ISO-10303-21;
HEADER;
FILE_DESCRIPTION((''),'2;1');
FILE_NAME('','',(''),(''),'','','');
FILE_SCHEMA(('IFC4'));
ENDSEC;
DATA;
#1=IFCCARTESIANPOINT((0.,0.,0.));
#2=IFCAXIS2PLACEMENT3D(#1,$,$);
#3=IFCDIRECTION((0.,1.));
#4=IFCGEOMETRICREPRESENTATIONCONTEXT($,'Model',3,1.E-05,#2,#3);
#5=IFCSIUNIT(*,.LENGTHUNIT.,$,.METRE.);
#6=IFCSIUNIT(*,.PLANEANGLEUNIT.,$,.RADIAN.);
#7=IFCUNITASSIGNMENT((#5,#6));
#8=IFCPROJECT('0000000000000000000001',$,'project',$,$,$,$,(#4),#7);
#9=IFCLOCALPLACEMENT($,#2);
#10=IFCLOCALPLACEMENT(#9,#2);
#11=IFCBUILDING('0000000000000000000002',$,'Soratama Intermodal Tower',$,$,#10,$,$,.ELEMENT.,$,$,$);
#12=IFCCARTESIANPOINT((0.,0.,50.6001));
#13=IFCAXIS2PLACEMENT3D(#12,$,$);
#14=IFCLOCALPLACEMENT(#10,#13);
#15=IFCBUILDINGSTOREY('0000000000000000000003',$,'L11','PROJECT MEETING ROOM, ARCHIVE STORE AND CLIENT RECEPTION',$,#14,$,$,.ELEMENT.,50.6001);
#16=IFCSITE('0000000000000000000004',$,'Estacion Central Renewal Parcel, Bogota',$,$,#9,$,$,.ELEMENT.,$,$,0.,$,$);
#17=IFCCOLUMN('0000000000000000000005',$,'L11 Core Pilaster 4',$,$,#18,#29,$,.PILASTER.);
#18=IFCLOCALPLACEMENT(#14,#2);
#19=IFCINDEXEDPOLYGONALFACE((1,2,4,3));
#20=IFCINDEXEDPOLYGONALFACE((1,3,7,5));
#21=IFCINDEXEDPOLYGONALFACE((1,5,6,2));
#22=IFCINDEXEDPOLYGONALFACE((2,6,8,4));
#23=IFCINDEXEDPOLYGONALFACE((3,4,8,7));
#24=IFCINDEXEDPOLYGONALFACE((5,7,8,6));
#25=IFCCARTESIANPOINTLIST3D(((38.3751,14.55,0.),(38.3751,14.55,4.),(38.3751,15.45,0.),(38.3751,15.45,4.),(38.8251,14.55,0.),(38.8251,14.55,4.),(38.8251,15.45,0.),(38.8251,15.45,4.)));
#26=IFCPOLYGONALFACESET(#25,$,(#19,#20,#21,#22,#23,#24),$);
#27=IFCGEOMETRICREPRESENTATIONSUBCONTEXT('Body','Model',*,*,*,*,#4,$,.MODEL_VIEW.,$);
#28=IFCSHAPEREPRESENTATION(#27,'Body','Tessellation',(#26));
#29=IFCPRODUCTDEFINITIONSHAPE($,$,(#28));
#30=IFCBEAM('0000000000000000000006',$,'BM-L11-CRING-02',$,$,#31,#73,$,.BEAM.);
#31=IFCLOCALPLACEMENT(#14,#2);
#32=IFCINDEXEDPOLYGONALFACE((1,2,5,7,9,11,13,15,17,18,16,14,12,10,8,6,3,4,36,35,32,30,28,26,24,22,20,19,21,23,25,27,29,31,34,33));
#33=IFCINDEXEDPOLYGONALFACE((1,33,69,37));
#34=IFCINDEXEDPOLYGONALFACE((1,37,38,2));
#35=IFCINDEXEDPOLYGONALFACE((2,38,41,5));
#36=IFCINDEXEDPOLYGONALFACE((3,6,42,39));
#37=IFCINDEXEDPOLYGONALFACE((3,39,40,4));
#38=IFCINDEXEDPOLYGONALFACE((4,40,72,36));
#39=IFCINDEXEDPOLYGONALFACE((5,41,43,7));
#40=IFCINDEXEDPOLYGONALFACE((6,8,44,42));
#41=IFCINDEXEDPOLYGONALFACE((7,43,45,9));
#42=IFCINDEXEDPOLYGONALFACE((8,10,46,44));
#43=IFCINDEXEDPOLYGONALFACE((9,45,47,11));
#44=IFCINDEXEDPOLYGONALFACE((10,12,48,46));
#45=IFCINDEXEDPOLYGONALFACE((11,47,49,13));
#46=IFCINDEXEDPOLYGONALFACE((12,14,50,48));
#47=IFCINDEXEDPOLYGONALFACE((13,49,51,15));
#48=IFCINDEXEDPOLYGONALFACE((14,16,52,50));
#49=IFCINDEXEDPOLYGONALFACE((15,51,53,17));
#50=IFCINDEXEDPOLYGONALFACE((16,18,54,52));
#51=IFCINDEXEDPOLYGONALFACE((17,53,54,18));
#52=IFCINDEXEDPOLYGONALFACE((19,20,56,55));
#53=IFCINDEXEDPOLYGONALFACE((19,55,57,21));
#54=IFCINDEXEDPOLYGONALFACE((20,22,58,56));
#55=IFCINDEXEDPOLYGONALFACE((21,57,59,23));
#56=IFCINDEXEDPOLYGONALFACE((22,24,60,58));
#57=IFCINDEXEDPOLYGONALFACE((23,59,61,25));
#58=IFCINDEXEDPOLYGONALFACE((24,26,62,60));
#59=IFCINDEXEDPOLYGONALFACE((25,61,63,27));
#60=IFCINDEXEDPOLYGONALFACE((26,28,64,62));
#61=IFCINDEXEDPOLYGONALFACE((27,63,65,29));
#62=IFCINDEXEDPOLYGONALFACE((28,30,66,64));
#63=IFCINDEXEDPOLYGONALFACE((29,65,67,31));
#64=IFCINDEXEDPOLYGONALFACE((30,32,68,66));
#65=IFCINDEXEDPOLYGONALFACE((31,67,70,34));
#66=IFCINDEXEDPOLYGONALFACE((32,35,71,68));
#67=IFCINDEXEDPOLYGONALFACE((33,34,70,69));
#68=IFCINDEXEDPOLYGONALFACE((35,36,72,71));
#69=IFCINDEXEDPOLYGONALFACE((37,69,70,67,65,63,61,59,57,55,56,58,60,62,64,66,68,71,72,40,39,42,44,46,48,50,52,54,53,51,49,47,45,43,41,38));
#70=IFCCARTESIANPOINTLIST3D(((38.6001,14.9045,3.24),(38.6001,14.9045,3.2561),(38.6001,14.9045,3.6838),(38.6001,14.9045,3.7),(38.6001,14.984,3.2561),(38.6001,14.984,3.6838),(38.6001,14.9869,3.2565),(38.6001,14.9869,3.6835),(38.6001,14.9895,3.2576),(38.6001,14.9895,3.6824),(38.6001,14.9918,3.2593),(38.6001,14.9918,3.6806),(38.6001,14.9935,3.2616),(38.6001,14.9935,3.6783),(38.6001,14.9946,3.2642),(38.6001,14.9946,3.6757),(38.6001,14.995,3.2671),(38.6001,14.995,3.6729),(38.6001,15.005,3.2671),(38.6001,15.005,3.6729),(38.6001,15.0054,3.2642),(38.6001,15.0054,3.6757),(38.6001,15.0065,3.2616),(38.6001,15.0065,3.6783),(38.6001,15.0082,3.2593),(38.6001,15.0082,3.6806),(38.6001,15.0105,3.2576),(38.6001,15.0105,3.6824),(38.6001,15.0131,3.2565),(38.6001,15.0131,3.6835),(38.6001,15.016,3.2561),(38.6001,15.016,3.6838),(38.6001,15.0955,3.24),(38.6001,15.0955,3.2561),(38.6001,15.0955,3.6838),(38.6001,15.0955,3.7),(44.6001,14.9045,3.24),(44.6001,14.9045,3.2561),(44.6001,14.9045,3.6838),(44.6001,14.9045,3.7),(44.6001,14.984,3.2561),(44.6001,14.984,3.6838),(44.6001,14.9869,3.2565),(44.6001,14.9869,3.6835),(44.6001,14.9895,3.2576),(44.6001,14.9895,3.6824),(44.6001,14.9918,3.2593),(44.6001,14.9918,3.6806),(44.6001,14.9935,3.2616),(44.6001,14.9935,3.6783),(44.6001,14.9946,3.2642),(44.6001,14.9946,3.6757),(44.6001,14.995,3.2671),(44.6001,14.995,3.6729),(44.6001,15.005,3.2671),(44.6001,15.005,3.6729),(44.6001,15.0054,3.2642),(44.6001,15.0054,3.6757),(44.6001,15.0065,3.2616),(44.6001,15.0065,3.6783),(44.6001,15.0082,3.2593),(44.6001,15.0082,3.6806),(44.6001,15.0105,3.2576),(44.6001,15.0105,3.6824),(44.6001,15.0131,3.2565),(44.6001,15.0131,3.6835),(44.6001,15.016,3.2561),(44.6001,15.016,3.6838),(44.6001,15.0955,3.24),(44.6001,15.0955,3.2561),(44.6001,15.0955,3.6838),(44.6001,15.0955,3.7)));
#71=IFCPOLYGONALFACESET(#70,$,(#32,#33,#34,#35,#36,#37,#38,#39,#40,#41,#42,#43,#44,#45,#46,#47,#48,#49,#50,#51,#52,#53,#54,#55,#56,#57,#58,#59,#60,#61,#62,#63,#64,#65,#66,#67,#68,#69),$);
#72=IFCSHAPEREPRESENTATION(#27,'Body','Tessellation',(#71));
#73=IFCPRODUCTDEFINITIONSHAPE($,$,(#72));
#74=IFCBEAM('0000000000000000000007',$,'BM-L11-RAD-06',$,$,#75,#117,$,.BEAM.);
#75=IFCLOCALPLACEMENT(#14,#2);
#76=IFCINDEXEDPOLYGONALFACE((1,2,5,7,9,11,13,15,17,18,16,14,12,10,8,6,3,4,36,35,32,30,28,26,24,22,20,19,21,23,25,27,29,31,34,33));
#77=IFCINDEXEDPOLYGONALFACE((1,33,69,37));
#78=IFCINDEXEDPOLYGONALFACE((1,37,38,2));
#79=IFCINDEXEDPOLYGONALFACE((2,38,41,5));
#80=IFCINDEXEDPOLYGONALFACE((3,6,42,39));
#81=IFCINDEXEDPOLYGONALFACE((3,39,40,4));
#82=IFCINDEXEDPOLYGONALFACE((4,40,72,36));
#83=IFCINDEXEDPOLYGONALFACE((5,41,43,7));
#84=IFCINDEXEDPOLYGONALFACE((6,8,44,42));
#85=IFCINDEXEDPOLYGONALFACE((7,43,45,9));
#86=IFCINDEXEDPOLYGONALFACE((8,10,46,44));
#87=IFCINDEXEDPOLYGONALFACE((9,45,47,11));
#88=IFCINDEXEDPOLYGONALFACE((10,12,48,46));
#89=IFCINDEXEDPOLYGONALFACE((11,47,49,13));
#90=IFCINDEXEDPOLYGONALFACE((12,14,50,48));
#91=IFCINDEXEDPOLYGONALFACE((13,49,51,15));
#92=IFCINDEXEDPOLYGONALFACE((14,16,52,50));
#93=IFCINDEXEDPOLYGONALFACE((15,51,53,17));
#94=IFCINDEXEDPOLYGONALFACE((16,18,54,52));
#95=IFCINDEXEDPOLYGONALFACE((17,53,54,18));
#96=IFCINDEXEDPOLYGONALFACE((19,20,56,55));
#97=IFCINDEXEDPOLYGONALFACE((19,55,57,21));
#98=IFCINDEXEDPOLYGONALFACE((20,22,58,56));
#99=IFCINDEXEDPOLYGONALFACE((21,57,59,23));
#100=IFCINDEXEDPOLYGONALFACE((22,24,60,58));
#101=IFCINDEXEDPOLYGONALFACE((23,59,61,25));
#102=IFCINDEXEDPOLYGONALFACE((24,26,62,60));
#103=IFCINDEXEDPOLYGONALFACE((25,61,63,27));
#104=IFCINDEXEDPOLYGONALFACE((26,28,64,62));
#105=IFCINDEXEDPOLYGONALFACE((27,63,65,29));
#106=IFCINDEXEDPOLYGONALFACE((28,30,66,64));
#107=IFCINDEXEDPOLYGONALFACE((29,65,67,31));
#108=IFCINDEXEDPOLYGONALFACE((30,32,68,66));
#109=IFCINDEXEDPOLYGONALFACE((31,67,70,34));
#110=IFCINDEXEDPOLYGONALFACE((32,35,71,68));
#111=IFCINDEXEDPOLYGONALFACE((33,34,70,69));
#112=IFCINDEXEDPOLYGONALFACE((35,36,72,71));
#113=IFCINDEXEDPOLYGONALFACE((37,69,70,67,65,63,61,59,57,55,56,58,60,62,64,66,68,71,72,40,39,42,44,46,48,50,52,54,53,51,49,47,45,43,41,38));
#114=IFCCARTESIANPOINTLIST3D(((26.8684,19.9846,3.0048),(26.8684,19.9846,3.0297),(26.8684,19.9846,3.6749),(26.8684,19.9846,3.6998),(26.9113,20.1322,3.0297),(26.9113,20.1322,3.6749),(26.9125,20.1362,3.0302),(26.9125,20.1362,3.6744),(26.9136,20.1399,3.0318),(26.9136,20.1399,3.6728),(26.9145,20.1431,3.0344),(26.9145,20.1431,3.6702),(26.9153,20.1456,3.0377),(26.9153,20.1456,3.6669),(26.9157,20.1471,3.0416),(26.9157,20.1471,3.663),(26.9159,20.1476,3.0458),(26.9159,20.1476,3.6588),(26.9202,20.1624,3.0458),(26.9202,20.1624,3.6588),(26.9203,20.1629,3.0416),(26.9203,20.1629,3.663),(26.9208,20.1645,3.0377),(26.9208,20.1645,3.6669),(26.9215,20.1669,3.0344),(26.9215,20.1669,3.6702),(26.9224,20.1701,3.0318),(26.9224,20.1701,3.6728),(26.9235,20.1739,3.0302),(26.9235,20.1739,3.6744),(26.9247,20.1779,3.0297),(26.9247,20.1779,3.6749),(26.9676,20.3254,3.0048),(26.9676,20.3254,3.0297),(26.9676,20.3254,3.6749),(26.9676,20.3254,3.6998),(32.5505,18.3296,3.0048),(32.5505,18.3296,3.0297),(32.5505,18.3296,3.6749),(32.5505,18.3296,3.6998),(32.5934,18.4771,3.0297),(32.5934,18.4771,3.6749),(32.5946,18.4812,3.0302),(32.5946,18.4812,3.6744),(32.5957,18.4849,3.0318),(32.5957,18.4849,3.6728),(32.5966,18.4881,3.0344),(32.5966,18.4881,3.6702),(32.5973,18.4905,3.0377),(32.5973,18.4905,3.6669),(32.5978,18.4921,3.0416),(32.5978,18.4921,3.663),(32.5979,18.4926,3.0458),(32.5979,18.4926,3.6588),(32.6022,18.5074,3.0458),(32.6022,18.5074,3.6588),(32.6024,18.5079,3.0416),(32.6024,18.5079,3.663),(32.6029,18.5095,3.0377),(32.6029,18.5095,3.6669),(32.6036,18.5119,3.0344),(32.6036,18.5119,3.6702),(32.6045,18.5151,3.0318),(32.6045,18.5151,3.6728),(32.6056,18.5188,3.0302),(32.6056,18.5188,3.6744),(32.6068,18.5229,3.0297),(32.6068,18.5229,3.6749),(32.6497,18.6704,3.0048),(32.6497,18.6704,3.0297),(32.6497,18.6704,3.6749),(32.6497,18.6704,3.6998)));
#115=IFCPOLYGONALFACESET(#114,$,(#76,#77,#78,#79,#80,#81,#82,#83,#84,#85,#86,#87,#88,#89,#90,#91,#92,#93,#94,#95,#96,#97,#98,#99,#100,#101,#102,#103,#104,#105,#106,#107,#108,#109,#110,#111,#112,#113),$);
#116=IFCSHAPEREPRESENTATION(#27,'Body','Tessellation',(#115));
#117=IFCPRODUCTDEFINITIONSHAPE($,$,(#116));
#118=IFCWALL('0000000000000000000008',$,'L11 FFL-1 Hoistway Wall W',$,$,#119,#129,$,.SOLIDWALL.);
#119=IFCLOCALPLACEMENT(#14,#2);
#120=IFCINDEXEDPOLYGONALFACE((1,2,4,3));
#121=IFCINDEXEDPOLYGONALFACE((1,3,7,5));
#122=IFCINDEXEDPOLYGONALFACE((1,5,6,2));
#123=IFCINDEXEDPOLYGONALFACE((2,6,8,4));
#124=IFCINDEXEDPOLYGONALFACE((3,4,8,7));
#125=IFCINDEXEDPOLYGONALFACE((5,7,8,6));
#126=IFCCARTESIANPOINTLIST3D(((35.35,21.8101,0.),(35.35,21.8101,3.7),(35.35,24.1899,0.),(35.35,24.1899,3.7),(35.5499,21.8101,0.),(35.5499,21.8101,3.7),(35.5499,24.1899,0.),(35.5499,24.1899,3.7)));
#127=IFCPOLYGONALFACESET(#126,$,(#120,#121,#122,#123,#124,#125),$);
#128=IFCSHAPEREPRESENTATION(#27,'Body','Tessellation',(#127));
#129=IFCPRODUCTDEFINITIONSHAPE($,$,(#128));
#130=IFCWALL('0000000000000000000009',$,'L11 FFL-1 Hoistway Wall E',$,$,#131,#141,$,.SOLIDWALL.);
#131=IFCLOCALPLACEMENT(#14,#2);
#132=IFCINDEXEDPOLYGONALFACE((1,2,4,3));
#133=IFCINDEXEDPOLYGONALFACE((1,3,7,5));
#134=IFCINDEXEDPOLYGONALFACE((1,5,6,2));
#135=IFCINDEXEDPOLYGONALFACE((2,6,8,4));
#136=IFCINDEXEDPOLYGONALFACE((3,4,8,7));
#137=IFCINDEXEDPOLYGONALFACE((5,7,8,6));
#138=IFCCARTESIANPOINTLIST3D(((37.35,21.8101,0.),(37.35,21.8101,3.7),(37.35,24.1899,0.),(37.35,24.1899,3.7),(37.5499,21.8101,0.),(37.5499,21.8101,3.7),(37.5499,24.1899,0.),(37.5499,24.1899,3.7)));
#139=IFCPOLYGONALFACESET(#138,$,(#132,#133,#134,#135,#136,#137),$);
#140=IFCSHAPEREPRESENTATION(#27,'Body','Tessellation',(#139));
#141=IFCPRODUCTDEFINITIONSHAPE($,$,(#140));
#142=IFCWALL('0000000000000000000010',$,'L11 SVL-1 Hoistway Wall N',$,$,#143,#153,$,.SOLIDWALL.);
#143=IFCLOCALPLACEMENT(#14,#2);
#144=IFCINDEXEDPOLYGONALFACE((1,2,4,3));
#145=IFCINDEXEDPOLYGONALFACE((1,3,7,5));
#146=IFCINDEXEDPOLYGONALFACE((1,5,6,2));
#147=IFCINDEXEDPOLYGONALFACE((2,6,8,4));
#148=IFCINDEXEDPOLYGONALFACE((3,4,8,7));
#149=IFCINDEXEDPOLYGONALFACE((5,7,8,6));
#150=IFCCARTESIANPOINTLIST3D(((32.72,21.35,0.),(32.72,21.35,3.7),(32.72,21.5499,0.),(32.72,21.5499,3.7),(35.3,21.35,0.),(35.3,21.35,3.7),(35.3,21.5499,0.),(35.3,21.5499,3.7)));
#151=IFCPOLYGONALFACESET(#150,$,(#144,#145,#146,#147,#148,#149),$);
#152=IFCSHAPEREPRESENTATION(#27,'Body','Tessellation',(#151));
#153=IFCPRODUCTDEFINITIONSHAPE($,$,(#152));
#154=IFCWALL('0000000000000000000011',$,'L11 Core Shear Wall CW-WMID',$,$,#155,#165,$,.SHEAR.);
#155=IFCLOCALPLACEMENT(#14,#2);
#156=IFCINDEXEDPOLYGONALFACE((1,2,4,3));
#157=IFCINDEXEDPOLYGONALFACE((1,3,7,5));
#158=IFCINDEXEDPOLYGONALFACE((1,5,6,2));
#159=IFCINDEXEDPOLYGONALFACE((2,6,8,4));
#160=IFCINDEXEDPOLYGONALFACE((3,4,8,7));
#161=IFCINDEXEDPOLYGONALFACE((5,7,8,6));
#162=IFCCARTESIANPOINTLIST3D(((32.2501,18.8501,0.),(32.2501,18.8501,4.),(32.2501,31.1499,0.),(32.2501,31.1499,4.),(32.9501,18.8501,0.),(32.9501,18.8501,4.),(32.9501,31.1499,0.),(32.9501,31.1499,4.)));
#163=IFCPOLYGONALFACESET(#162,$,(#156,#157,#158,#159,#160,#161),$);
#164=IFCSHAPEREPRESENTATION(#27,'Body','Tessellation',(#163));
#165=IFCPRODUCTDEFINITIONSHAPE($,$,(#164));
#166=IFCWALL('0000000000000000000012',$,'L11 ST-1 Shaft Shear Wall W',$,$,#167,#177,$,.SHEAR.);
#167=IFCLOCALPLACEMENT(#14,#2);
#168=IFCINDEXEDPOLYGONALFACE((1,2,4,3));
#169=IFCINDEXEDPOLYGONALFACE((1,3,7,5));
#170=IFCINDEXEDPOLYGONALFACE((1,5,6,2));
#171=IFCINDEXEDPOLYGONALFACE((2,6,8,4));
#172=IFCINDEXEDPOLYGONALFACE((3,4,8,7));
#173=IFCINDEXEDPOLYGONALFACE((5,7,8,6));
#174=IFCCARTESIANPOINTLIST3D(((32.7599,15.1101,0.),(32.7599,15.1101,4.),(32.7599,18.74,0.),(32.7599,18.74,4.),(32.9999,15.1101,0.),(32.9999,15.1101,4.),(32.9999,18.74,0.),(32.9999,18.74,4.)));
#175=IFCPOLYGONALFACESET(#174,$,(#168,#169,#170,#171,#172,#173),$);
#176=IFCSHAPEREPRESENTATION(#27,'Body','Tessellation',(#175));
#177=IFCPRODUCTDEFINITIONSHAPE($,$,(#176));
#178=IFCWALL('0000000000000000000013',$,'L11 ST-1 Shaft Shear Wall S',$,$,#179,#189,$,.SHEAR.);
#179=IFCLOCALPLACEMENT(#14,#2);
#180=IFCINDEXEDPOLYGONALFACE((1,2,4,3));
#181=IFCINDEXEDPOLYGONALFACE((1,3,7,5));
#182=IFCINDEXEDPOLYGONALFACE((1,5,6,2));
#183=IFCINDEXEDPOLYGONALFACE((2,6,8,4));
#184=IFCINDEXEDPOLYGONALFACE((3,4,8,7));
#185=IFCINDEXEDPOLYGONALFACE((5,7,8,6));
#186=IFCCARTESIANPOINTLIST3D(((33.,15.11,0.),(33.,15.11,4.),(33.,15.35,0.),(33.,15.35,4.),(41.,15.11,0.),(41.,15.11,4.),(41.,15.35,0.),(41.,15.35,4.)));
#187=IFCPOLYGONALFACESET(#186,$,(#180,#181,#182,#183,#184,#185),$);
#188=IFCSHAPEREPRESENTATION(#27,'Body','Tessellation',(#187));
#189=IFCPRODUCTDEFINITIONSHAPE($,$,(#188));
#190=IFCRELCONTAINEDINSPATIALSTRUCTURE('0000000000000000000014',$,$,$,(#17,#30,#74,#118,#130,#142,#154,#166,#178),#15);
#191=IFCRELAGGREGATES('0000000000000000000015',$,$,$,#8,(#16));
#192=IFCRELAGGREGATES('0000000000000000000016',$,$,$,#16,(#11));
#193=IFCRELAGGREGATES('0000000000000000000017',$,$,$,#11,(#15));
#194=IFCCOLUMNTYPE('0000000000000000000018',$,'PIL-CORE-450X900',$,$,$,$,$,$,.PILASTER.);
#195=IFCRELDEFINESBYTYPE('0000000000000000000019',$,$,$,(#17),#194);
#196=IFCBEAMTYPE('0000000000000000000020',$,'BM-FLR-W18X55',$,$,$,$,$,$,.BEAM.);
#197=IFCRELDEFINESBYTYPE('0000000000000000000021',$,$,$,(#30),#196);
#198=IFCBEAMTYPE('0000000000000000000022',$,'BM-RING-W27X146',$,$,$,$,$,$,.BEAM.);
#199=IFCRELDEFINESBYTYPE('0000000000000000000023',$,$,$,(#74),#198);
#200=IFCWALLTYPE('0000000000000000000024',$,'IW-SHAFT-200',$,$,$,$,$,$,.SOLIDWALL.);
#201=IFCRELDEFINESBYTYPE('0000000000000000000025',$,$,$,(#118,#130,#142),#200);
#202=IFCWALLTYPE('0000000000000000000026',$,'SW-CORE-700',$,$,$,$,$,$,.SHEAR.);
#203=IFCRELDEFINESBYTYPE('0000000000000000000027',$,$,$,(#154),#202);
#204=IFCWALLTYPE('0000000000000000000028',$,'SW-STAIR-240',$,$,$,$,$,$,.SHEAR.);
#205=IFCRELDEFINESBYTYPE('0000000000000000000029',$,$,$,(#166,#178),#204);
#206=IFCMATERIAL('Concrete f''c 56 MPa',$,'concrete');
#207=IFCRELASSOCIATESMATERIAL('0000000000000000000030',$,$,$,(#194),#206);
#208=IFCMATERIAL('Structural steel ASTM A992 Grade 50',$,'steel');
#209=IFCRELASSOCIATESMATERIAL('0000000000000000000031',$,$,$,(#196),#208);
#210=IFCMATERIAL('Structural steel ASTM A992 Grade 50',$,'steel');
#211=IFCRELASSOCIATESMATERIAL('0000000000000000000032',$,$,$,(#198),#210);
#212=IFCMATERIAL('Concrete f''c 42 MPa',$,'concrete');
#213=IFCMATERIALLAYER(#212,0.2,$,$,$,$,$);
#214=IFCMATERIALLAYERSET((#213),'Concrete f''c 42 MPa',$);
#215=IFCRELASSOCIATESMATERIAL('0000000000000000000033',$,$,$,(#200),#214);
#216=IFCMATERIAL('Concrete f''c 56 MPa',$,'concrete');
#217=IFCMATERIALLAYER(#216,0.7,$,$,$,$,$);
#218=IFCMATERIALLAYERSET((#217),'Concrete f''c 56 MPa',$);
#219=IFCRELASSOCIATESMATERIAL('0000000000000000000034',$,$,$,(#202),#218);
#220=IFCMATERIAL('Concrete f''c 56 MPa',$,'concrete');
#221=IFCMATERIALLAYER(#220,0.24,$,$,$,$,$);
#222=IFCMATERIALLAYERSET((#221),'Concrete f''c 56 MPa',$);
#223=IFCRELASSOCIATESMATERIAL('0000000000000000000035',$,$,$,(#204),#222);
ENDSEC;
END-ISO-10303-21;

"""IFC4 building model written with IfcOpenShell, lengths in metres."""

from ifc_helpers import new_model, si_unit, direction, frame, frame_2d, origin, origin_2d, place, context, subcontext, project, spatial, rectangle, i_section, extrude, material, layer, layer_set, material_profile, profile_set, type_object, element, save


model = new_model("IFC4")

# Units and contexts
model_context = context("Model", 3, precision=1e-05, world=origin(), true_north=direction((0.0, 1.0)))
body_context = subcontext(model_context, "Body", "Model", "MODEL_VIEW")
ifc_project = project(units=[si_unit("LENGTHUNIT", "METRE"), si_unit("PLANEANGLEUNIT", "RADIAN")], contexts=[model_context])

# Site, building, storey
site_placement = place(None, origin())
site = spatial("IfcSite", under=ifc_project, at=site_placement, Name="Estacion Central Renewal Parcel, Bogota", CompositionType="ELEMENT", RefElevation=0.0)
building_placement = place(site_placement, origin())
building = spatial("IfcBuilding", under=site, at=building_placement, Name="Soratama Intermodal Tower", CompositionType="ELEMENT")
storey_placement = place(building_placement, frame((0.0, 0.0, 50.6001)))
storey = spatial("IfcBuildingStorey", under=building, at=storey_placement, Name="L11", Description="PROJECT MEETING ROOM, ARCHIVE STORE AND CLIENT RECEPTION", CompositionType="ELEMENT", Elevation=50.6001)

# Column
ifc_material_1 = material(Name="Concrete f'c 56 MPa", Category="concrete")
ifc_material_profile_1 = material_profile(ifc_material_1, rectangle(XDim=0.45, YDim=0.8999, at=origin_2d()), Name="RC450X900")
ifc_profile_set_1 = profile_set([ifc_material_profile_1], Name="Concrete f'c 56 MPa")
column_type = type_object("IfcColumnType", Name="PIL-CORE-450X900", PredefinedType="PILASTER", material=ifc_profile_set_1)
column_placement = place(storey_placement, frame((38.6001, 15.0, 0.0), z_axis=(0.0, 0.0, 1.0), x_axis=(1.0, 0.0, 0.0)))
element("IfcColumn", 1, at=column_placement, inside=storey, type_object=column_type, Name="L11 Core Pilaster 4", PredefinedType="PILASTER", context=body_context, shape_type="SweptSolid", body=[
    extrude(rectangle(XDim=0.45, YDim=0.8999, at=origin_2d()), origin(), (0.0, 0.0, 1.0), 4.0),
])

# Beams
ifc_material_2 = material(Name="Structural steel ASTM A992 Grade 50", Category="steel")
ifc_material_profile_2 = material_profile(ifc_material_2, i_section(OverallWidth=0.1909, OverallDepth=0.46, WebThickness=0.01, FlangeThickness=0.0161, FilletRadius=0.011, at=origin_2d()), Name="W18X55")
ifc_profile_set_2 = profile_set([ifc_material_profile_2], Name="Structural steel ASTM A992 Grade 50")
beam_type_1 = type_object("IfcBeamType", Name="BM-FLR-W18X55", PredefinedType="BEAM", material=ifc_profile_set_2)
beam_1_placement = place(storey_placement, frame((38.6001, 15.0, 3.47), z_axis=(1.0, 0.0, 0.0), x_axis=(0.0, 1.0, 0.0)))
element("IfcBeam", 2, at=beam_1_placement, inside=storey, type_object=beam_type_1, Name="BM-L11-CRING-02", PredefinedType="BEAM", context=body_context, shape_type="SweptSolid", body=[
    extrude(i_section(OverallWidth=0.1909, OverallDepth=0.46, WebThickness=0.01, FlangeThickness=0.0161, FilletRadius=0.011, at=origin_2d()), origin(), (0.0, 0.0, 1.0), 6.0),
])
ifc_material_3 = material(Name="Structural steel ASTM A992 Grade 50", Category="steel")
ifc_material_profile_3 = material_profile(ifc_material_3, i_section(OverallWidth=0.355, OverallDepth=0.6951, WebThickness=0.0154, FlangeThickness=0.0249, FilletRadius=0.0161, at=origin_2d()), Name="W27X146")
ifc_profile_set_3 = profile_set([ifc_material_profile_3], Name="Structural steel ASTM A992 Grade 50")
beam_type_2 = type_object("IfcBeamType", Name="BM-RING-W27X146", PredefinedType="BEAM", material=ifc_profile_set_3)
beam_2_placement = place(storey_placement, frame((32.6001, 18.5, 3.3523), z_axis=(-0.960103, 0.279648, 0.0), x_axis=(-0.279648, -0.960103, 0.0)))
element("IfcBeam", 3, at=beam_2_placement, inside=storey, type_object=beam_type_2, Name="BM-L11-RAD-06", PredefinedType="BEAM", context=body_context, shape_type="SweptSolid", body=[
    extrude(i_section(OverallWidth=0.355, OverallDepth=0.6951, WebThickness=0.0154, FlangeThickness=0.0249, FilletRadius=0.0161, at=origin_2d()), origin(), (0.0, 0.0, 1.0), 5.9182),
])

# Shared definitions
ifc_material_4 = material(Name="Concrete f'c 42 MPa", Category="concrete")
ifc_layer_1 = layer(ifc_material_4, 0.2)
ifc_layer_set_1 = layer_set([ifc_layer_1], Name="Concrete f'c 42 MPa")
wall_type_1 = type_object("IfcWallType", Name="IW-SHAFT-200", PredefinedType="SOLIDWALL", material=ifc_layer_set_1)

# Walls
for number, where, z_axis, x_axis, name in (
    (4, (35.45, 21.8101, 0.0), (0.0, 0.0, 1.0), (0.0, 1.0, 0.0), "L11 FFL-1 Hoistway Wall W"),
    (5, (37.45, 21.8101, 0.0), (0.0, 0.0, 1.0), (0.0, 1.0, 0.0), "L11 FFL-1 Hoistway Wall E"),
):
    element("IfcWall", number, at=place(storey_placement, frame(where, z_axis=z_axis, x_axis=x_axis)), inside=storey, type_object=wall_type_1, Name=name, PredefinedType="SOLIDWALL", context=body_context, shape_type="SweptSolid", body=[
        extrude(rectangle(XDim=2.3799, YDim=0.2, at=frame_2d((1.1899, 0.0))), origin(), (0.0, 0.0, 1.0), 3.7),
    ])

# Wall
wall_1_placement = place(storey_placement, frame((32.72, 21.45, 0.0), z_axis=(0.0, 0.0, 1.0), x_axis=(1.0, 0.0, 0.0)))
element("IfcWall", 6, at=wall_1_placement, inside=storey, type_object=wall_type_1, Name="L11 SVL-1 Hoistway Wall N", PredefinedType="SOLIDWALL", context=body_context, shape_type="SweptSolid", body=[
    extrude(rectangle(XDim=2.5801, YDim=0.2, at=frame_2d((1.29, 0.0))), origin(), (0.0, 0.0, 1.0), 3.7),
])

# Walls
ifc_material_5 = material(Name="Concrete f'c 56 MPa", Category="concrete")
ifc_layer_2 = layer(ifc_material_5, 0.7)
ifc_layer_set_2 = layer_set([ifc_layer_2], Name="Concrete f'c 56 MPa")
wall_type_2 = type_object("IfcWallType", Name="SW-CORE-700", PredefinedType="SHEAR", material=ifc_layer_set_2)
wall_2_placement = place(storey_placement, frame((32.6001, 18.8501, 0.0), z_axis=(0.0, 0.0, 1.0), x_axis=(0.0, 1.0, 0.0)))
element("IfcWall", 7, at=wall_2_placement, inside=storey, type_object=wall_type_2, Name="L11 Core Shear Wall CW-WMID", PredefinedType="SHEAR", context=body_context, shape_type="SweptSolid", body=[
    extrude(rectangle(XDim=12.2998, YDim=0.7, at=frame_2d((6.1499, 0.0))), origin(), (0.0, 0.0, 1.0), 4.0),
])
ifc_material_6 = material(Name="Concrete f'c 56 MPa", Category="concrete")
ifc_layer_3 = layer(ifc_material_6, 0.24)
ifc_layer_set_3 = layer_set([ifc_layer_3], Name="Concrete f'c 56 MPa")
wall_type_3 = type_object("IfcWallType", Name="SW-STAIR-240", PredefinedType="SHEAR", material=ifc_layer_set_3)
wall_3_placement = place(storey_placement, frame((32.8799, 15.1101, 0.0), z_axis=(0.0, 0.0, 1.0), x_axis=(0.0, 1.0, 0.0)))
element("IfcWall", 8, at=wall_3_placement, inside=storey, type_object=wall_type_3, Name="L11 ST-1 Shaft Shear Wall W", PredefinedType="SHEAR", context=body_context, shape_type="SweptSolid", body=[
    extrude(rectangle(XDim=3.6299, YDim=0.24, at=frame_2d((1.8149, 0.0))), origin(), (0.0, 0.0, 1.0), 4.0),
])
for number, where, z_axis, x_axis, name in (
    (9, (33.0, 15.23, 0.0), (0.0, 0.0, 1.0), (1.0, 0.0, 0.0), "L11 ST-1 Shaft Shear Wall S"),
):
    element("IfcWall", number, at=place(storey_placement, frame(where, z_axis=z_axis, x_axis=x_axis)), inside=storey, type_object=wall_type_3, Name=name, PredefinedType="SHEAR", context=body_context, shape_type="SweptSolid", body=[
        extrude(rectangle(XDim=8.0, YDim=0.24, at=frame_2d((4.0, 0.0))), origin(), (0.0, 0.0, 1.0), 4.0),
    ])

save(model, "model.ifc")
